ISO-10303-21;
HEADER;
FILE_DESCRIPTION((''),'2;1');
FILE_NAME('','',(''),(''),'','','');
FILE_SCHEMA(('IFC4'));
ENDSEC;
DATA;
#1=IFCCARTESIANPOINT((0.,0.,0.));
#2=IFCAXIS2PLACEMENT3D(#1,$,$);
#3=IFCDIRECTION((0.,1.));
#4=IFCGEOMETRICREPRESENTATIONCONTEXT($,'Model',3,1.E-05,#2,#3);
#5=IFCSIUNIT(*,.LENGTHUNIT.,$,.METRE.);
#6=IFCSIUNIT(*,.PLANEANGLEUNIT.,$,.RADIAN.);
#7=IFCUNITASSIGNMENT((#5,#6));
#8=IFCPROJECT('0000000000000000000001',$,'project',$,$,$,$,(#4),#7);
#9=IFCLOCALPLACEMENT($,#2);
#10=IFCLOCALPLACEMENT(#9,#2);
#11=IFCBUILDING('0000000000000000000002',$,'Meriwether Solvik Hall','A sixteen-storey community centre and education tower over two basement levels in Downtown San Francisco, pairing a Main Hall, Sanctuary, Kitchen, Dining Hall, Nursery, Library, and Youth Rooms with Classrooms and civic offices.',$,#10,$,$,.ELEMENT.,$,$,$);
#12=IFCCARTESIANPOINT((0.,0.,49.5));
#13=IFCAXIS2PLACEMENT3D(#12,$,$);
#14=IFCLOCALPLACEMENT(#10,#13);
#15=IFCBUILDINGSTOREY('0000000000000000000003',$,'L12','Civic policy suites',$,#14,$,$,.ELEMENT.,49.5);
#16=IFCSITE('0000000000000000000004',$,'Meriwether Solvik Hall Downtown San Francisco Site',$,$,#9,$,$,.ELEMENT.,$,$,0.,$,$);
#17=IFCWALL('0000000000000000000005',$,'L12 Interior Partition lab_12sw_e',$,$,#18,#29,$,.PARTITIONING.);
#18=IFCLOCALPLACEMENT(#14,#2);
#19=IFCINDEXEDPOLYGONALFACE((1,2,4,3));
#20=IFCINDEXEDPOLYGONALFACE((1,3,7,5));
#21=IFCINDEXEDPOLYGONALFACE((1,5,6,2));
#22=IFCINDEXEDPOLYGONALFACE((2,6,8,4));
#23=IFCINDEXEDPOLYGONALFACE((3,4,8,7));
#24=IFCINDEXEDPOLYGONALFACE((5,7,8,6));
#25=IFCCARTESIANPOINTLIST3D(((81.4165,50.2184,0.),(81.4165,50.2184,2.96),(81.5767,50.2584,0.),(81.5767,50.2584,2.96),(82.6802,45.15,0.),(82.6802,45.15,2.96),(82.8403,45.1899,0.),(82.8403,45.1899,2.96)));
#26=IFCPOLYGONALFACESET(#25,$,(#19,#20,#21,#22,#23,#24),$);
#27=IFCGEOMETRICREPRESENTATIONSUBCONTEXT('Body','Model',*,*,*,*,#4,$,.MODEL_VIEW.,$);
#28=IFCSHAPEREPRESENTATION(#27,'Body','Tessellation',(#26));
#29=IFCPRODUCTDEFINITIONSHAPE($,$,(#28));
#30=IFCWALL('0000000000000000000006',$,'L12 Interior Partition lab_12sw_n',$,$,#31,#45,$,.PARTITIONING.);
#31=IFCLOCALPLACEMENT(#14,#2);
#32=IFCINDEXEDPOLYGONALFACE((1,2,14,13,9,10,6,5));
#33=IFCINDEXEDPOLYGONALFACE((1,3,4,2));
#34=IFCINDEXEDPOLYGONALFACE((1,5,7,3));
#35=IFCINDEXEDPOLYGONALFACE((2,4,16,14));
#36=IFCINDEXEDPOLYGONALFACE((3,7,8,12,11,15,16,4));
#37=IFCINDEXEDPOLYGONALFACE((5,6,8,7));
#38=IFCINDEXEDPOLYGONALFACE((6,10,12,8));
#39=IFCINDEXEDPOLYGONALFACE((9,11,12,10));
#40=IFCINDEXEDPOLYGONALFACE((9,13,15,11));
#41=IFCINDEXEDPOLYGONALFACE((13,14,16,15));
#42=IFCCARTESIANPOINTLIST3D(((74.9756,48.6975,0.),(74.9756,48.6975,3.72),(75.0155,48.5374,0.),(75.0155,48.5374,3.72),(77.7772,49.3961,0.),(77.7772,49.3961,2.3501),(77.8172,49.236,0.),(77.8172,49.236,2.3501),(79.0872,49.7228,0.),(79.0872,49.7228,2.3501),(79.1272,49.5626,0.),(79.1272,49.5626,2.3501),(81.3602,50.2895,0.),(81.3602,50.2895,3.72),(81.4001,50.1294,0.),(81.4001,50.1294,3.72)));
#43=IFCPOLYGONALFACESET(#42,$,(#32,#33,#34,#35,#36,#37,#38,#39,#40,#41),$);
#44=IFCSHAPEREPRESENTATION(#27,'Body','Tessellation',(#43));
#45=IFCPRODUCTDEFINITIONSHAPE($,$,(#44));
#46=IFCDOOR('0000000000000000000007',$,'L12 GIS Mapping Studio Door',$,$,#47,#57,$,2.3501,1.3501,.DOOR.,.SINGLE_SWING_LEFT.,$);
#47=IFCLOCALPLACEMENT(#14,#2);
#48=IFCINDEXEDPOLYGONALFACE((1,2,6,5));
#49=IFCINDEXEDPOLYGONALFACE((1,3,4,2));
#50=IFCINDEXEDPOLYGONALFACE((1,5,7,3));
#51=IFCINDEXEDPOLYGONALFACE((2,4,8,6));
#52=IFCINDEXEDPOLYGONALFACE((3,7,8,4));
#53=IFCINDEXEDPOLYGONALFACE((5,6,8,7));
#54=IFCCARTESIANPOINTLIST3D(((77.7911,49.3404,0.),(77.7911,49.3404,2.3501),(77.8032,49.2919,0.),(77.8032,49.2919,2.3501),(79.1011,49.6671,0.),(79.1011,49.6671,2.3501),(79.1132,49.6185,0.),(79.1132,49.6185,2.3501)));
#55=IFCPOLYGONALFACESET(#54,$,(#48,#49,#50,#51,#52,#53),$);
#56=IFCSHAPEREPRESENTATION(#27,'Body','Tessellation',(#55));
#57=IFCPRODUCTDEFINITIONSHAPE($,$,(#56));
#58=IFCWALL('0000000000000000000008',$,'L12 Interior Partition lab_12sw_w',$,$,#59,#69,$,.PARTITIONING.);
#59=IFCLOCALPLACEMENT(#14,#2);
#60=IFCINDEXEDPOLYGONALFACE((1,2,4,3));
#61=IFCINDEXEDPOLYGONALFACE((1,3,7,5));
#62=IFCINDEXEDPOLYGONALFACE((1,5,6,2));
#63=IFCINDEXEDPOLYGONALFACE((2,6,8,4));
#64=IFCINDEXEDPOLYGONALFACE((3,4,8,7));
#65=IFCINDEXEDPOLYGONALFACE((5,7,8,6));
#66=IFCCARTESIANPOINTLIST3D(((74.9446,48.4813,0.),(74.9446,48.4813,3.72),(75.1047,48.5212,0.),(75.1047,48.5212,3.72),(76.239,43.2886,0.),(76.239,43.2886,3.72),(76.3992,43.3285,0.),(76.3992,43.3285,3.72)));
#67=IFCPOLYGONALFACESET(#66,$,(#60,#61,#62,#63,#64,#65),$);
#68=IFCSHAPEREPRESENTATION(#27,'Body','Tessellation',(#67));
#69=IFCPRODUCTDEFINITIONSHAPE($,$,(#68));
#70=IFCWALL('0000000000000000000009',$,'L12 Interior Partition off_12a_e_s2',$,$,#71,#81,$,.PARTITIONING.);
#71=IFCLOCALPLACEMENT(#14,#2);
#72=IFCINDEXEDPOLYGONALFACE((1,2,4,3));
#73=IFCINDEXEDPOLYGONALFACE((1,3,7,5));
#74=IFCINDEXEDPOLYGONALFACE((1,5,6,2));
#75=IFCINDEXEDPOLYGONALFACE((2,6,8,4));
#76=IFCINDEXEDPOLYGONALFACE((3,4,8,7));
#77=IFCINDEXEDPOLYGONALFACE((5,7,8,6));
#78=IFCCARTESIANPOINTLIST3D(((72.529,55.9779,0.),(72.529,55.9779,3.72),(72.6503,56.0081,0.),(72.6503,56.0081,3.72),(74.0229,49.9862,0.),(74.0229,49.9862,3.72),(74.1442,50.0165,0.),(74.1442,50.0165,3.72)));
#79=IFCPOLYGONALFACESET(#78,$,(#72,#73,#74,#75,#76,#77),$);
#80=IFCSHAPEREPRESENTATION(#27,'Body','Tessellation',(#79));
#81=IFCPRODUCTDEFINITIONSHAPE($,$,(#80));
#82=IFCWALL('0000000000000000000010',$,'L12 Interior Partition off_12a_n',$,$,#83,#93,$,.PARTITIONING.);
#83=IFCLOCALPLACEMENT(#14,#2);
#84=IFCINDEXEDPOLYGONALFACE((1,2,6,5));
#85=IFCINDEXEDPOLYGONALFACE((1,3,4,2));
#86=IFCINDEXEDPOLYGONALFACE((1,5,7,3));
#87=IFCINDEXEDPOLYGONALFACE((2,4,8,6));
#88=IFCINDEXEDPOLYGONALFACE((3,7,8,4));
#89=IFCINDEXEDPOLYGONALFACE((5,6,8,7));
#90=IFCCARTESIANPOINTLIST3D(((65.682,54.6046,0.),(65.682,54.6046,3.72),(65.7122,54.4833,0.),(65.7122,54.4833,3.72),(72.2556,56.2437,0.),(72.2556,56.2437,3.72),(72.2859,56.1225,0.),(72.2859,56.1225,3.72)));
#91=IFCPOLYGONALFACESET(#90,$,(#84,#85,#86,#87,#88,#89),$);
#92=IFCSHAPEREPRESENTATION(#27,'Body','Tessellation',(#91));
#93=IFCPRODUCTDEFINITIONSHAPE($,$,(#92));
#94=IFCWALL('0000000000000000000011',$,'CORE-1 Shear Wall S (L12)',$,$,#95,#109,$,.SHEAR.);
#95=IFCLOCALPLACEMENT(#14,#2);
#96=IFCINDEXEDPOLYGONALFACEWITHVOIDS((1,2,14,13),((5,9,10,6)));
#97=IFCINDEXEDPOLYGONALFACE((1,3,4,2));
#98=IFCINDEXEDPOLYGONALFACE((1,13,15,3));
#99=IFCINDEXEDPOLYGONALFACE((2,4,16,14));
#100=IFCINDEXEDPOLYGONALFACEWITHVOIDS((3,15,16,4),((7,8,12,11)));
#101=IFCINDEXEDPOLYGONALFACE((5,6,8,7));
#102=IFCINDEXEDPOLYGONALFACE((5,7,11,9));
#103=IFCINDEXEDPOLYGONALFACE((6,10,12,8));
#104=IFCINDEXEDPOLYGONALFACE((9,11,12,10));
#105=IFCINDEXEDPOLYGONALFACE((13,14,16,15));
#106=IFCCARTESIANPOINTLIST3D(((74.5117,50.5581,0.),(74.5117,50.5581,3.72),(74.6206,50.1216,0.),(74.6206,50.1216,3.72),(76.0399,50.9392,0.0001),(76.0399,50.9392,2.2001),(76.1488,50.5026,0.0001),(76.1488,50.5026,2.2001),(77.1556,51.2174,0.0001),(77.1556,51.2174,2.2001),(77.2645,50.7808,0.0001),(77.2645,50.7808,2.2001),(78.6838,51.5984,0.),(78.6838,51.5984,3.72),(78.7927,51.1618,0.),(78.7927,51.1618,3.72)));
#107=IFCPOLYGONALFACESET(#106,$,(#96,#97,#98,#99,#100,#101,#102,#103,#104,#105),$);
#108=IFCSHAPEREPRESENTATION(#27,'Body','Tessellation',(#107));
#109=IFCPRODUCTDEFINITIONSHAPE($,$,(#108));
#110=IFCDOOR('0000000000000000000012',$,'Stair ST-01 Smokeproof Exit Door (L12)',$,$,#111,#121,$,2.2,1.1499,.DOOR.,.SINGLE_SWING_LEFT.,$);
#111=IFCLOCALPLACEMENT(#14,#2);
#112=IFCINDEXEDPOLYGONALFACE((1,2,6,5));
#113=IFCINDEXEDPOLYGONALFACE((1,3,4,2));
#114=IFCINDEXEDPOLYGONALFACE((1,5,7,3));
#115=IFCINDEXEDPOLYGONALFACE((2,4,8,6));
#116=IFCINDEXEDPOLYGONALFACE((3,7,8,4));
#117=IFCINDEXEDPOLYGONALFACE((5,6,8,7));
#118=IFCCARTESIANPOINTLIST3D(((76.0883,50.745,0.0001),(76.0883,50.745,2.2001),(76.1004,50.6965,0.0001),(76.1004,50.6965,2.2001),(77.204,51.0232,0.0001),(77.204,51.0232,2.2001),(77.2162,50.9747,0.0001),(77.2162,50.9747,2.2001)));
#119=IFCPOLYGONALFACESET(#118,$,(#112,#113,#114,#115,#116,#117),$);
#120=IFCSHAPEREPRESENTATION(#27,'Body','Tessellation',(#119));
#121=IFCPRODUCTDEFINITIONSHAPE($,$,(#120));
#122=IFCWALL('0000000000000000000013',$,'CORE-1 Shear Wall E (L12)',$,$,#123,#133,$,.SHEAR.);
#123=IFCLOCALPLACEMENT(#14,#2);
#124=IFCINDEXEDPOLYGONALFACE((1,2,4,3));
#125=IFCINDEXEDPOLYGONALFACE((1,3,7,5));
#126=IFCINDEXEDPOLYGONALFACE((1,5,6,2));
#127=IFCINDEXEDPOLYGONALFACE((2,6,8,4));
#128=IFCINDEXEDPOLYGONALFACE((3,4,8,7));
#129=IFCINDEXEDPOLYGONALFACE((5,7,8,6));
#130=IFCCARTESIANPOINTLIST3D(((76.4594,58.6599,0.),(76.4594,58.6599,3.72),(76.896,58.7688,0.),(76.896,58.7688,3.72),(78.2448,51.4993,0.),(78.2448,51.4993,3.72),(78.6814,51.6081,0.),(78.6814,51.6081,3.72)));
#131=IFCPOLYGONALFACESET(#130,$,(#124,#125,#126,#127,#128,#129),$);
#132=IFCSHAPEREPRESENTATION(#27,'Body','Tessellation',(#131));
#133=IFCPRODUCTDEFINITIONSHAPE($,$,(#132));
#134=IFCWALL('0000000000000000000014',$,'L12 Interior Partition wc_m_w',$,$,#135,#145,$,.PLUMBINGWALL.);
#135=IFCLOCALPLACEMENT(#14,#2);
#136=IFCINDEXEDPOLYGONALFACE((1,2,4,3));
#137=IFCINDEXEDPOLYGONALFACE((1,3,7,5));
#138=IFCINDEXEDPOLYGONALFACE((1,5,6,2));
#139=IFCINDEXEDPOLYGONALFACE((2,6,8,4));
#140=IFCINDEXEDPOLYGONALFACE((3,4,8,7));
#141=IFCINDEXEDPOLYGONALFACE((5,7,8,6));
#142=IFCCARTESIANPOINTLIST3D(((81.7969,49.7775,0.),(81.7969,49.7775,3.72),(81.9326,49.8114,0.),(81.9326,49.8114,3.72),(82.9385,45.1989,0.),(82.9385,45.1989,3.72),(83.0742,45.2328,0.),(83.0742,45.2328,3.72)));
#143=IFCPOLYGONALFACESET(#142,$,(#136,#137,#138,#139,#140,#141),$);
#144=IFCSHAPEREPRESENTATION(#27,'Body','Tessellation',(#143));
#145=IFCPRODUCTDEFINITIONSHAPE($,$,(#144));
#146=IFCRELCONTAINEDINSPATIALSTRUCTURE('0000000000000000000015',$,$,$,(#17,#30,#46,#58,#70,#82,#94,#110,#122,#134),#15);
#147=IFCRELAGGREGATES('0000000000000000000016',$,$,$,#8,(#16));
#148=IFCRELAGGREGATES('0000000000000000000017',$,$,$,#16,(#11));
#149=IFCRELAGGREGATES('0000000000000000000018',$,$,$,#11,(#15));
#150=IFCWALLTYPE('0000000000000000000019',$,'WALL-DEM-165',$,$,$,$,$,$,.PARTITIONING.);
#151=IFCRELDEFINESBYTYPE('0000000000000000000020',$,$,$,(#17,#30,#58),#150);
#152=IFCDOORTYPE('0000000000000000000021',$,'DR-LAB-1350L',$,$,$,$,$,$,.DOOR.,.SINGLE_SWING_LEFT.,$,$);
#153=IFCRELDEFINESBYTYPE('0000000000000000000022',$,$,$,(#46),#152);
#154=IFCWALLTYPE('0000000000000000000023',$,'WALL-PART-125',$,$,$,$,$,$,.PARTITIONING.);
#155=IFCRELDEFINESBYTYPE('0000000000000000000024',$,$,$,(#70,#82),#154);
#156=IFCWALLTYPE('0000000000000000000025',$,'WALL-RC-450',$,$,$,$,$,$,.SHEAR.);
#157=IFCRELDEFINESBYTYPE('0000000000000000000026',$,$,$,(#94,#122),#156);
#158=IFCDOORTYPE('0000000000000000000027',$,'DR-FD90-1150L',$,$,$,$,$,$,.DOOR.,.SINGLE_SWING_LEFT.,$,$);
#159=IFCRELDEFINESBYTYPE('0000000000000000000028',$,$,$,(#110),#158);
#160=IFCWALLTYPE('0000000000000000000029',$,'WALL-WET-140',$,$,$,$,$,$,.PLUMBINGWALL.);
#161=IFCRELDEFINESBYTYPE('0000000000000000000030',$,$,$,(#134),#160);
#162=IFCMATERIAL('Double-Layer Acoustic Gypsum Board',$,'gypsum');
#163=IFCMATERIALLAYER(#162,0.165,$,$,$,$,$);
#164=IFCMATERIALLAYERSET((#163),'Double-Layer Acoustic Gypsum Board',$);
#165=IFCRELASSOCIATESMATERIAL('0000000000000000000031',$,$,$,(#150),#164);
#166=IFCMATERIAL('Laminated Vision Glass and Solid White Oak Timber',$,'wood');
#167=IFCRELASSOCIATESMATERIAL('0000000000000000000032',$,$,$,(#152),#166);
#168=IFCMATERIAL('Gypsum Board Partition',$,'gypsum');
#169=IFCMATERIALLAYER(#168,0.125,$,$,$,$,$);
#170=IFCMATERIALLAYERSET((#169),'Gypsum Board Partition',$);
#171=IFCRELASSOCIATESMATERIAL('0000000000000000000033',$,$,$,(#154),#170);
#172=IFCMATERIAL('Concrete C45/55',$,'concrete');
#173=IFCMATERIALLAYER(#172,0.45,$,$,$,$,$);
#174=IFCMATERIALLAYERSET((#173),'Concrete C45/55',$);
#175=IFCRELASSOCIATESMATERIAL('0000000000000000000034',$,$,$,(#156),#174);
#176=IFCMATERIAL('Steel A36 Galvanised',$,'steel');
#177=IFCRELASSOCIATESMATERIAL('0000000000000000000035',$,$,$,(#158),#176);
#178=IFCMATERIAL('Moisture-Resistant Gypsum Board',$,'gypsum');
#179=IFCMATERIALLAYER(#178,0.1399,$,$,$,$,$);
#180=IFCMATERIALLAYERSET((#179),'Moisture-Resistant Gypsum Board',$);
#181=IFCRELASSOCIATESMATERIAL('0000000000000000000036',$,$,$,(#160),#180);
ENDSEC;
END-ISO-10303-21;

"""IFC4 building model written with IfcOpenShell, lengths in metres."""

from ifc_helpers import new_model, si_unit, direction, frame, frame_2d, origin, place, context, subcontext, project, spatial, rectangle, extrude, material, layer, layer_set, type_object, element, fill, save


model = new_model("IFC4")

# Units and contexts
model_context = context("Model", 3, precision=1e-05, world=origin(), true_north=direction((0.0, 1.0)))
body_context = subcontext(model_context, "Body", "Model", "MODEL_VIEW")
ifc_project = project(units=[si_unit("LENGTHUNIT", "METRE"), si_unit("PLANEANGLEUNIT", "RADIAN")], contexts=[model_context])

# Site, building, storey
site_placement = place(None, origin())
site = spatial("IfcSite", under=ifc_project, at=site_placement, Name="Meriwether Solvik Hall Downtown San Francisco Site", CompositionType="ELEMENT", RefElevation=0.0)
building_placement = place(site_placement, origin())
building = spatial("IfcBuilding", under=site, at=building_placement, Name="Meriwether Solvik Hall", Description="A sixteen-storey community centre and education tower over two basement levels in Downtown San Francisco, pairing a Main Hall, Sanctuary, Kitchen, Dining Hall, Nursery, Library, and Youth Rooms with Classrooms and civic offices.", CompositionType="ELEMENT")
storey_placement = place(building_placement, frame((0.0, 0.0, 49.5)))
storey = spatial("IfcBuildingStorey", under=building, at=storey_placement, Name="L12", Description="Civic policy suites", CompositionType="ELEMENT", Elevation=49.5)

# Wall
ifc_material_1 = material(Name="Double-Layer Acoustic Gypsum Board", Category="gypsum")
ifc_layer_1 = layer(ifc_material_1, 0.165)
ifc_layer_set_1 = layer_set([ifc_layer_1], Name="Double-Layer Acoustic Gypsum Board")
wall_type_1 = type_object("IfcWallType", Name="WALL-DEM-165", PredefinedType="PARTITIONING", material=ifc_layer_set_1)
wall_1_placement = place(storey_placement, frame((82.7603, 45.1699, 0.0), z_axis=(0.0, 0.0, 1.0), x_axis=(-0.241909, 0.970299, 0.0)))
element("IfcWall", 1, at=wall_1_placement, inside=storey, type_object=wall_type_1, Name="L12 Interior Partition lab_12sw_e", PredefinedType="PARTITIONING", context=body_context, shape_type="SweptSolid", body=[
    extrude(rectangle(XDim=5.2236, YDim=0.165, at=frame_2d((2.6118, 0.0))), origin(), (0.0, 0.0, 1.0), 2.96),
])

# Wall, opening, door
wall_2_placement = place(storey_placement, frame((81.3801, 50.2095, 0.0), z_axis=(0.0, 0.0, 1.0), x_axis=(-0.970289, -0.241951, 0.0)))
wall_2 = element("IfcWall", 2, at=wall_2_placement, inside=storey, type_object=wall_type_1, Name="L12 Interior Partition lab_12sw_n", PredefinedType="PARTITIONING", context=body_context, shape_type="SweptSolid", body=[
    extrude(rectangle(XDim=6.5801, YDim=0.165, at=frame_2d((3.29, 0.0))), origin(), (0.0, 0.0, 1.0), 3.72),
])
opening_1_placement = place(wall_2_placement, frame((2.3425, 0.0, 0.0)))
opening_1 = element("IfcOpeningElement", 3, at=opening_1_placement, cuts=wall_2, PredefinedType="OPENING", context=body_context, shape_type="SweptSolid", body=[
    extrude(rectangle(XDim=1.3501, YDim=2.3501, at=frame_2d((0.675, 1.175))), frame((0.0, 0.0945, 0.0), z_axis=(0.0, -1.0, 0.0), x_axis=(1.0, 0.0, 0.0)), (0.0, 0.0, 1.0), 0.189),
])
ifc_material_2 = material(Name="Laminated Vision Glass and Solid White Oak Timber", Category="wood")
door_type_1 = type_object("IfcDoorType", Name="DR-LAB-1350L", OperationType="SINGLE_SWING_LEFT", PredefinedType="DOOR", material=ifc_material_2)
door_1_placement = place(opening_1_placement, origin())
door_1 = element("IfcDoor", 4, at=door_1_placement, inside=storey, type_object=door_type_1, Name="L12 GIS Mapping Studio Door", OperationType="SINGLE_SWING_LEFT", OverallHeight=2.3501, OverallWidth=1.3501, PredefinedType="DOOR", context=body_context, shape_type="SweptSolid", body=[
    extrude(rectangle(XDim=1.3501, YDim=2.3501, at=frame_2d((0.675, 1.175))), frame((0.0, 0.0249, 0.0), z_axis=(0.0, -1.0, 0.0), x_axis=(1.0, 0.0, 0.0)), (0.0, 0.0, 1.0), 0.05),
])
fill(opening_1, door_1)

# Walls
wall_3_placement = place(storey_placement, frame((75.0247, 48.5012, 0.0), z_axis=(0.0, 0.0, 1.0), x_axis=(0.241881, -0.970306, 0.0)))
element("IfcWall", 5, at=wall_3_placement, inside=storey, type_object=wall_type_1, Name="L12 Interior Partition lab_12sw_w", PredefinedType="PARTITIONING", context=body_context, shape_type="SweptSolid", body=[
    extrude(rectangle(XDim=5.3516, YDim=0.165, at=frame_2d((2.6758, 0.0))), origin(), (0.0, 0.0, 1.0), 3.72),
])
ifc_material_3 = material(Name="Gypsum Board Partition", Category="gypsum")
ifc_layer_2 = layer(ifc_material_3, 0.125)
ifc_layer_set_2 = layer_set([ifc_layer_2], Name="Gypsum Board Partition")
wall_type_2 = type_object("IfcWallType", Name="WALL-PART-125", PredefinedType="PARTITIONING", material=ifc_layer_set_2)
wall_4_placement = place(storey_placement, frame((74.0835, 50.0015, 0.0), z_axis=(0.0, 0.0, 1.0), x_axis=(-0.241922, 0.970296, 0.0)))
element("IfcWall", 6, at=wall_4_placement, inside=storey, type_object=wall_type_2, Name="L12 Interior Partition off_12a_e_s2", PredefinedType="PARTITIONING", context=body_context, shape_type="SweptSolid", body=[
    extrude(rectangle(XDim=6.175, YDim=0.125, at=frame_2d((3.0874, 0.0))), origin(), (0.0, 0.0, 1.0), 3.72),
])
wall_5_placement = place(storey_placement, frame((72.2708, 56.1831, 0.0), z_axis=(0.0, 0.0, 1.0), x_axis=(-0.970291, -0.241942, 0.0)))
element("IfcWall", 7, at=wall_5_placement, inside=storey, type_object=wall_type_2, Name="L12 Interior Partition off_12a_n", PredefinedType="PARTITIONING", context=body_context, shape_type="SweptSolid", body=[
    extrude(rectangle(XDim=6.7749, YDim=0.125, at=frame_2d((3.3875, 0.0))), origin(), (0.0, 0.0, 1.0), 3.72),
])

# Wall, opening, door
ifc_material_4 = material(Name="Concrete C45/55", Category="concrete")
ifc_layer_3 = layer(ifc_material_4, 0.45)
ifc_layer_set_3 = layer_set([ifc_layer_3], Name="Concrete C45/55")
wall_type_3 = type_object("IfcWallType", Name="WALL-RC-450", PredefinedType="SHEAR", material=ifc_layer_set_3)
wall_6_placement = place(storey_placement, frame((74.5662, 50.3398, 0.0), z_axis=(0.0, 0.0, 1.0), x_axis=(0.970293, 0.241934, 0.0)))
wall_6 = element("IfcWall", 8, at=wall_6_placement, inside=storey, type_object=wall_type_3, Name="CORE-1 Shear Wall S (L12)", PredefinedType="SHEAR", context=body_context, shape_type="SweptSolid", body=[
    extrude(rectangle(XDim=4.2998, YDim=0.45, at=frame_2d((2.1499, 0.0))), origin(), (0.0, 0.0, 1.0), 3.72),
])
opening_2_placement = place(wall_6_placement, frame((1.575, 0.0, 0.0)))
opening_2 = element("IfcOpeningElement", 9, at=opening_2_placement, cuts=wall_6, PredefinedType="OPENING", context=body_context, shape_type="SweptSolid", body=[
    extrude(rectangle(XDim=1.1499, YDim=2.2, at=frame_2d((0.575, 1.1001))), frame((0.0, 0.2368, 0.0), z_axis=(0.0, -1.0, 0.0), x_axis=(1.0, 0.0, 0.0)), (0.0, 0.0, 1.0), 0.4739),
])
ifc_material_5 = material(Name="Steel A36 Galvanised", Category="steel")
door_type_2 = type_object("IfcDoorType", Name="DR-FD90-1150L", OperationType="SINGLE_SWING_LEFT", PredefinedType="DOOR", material=ifc_material_5)
door_2_placement = place(opening_2_placement, origin())
door_2 = element("IfcDoor", 10, at=door_2_placement, inside=storey, type_object=door_type_2, Name="Stair ST-01 Smokeproof Exit Door (L12)", OperationType="SINGLE_SWING_LEFT", OverallHeight=2.2, OverallWidth=1.1499, PredefinedType="DOOR", context=body_context, shape_type="SweptSolid", body=[
    extrude(rectangle(XDim=1.1499, YDim=2.2, at=frame_2d((0.575, 1.1001))), frame((0.0, 0.0249, 0.0), z_axis=(0.0, -1.0, 0.0), x_axis=(1.0, 0.0, 0.0)), (0.0, 0.0, 1.0), 0.05),
])
fill(opening_2, door_2)

# Walls
wall_7_placement = place(storey_placement, frame((78.4631, 51.5537, 0.0), z_axis=(0.0, 0.0, 1.0), x_axis=(-0.241928, 0.970294, 0.0)))
element("IfcWall", 11, at=wall_7_placement, inside=storey, type_object=wall_type_3, Name="CORE-1 Shear Wall E (L12)", PredefinedType="SHEAR", context=body_context, shape_type="SweptSolid", body=[
    extrude(rectangle(XDim=7.3799, YDim=0.45, at=frame_2d((3.6899, 0.0))), origin(), (0.0, 0.0, 1.0), 3.72),
])
ifc_material_6 = material(Name="Moisture-Resistant Gypsum Board", Category="gypsum")
ifc_layer_4 = layer(ifc_material_6, 0.1399)
ifc_layer_set_4 = layer_set([ifc_layer_4], Name="Moisture-Resistant Gypsum Board")
wall_type_4 = type_object("IfcWallType", Name="WALL-WET-140", PredefinedType="PLUMBINGWALL", material=ifc_layer_set_4)
wall_8_placement = place(storey_placement, frame((81.8647, 49.7944, 0.0), z_axis=(0.0, 0.0, 1.0), x_axis=(0.241927, -0.970294, 0.0)))
element("IfcWall", 12, at=wall_8_placement, inside=storey, type_object=wall_type_4, Name="L12 Interior Partition wc_m_w", PredefinedType="PLUMBINGWALL", context=body_context, shape_type="SweptSolid", body=[
    extrude(rectangle(XDim=4.7188, YDim=0.1399, at=frame_2d((2.3594, 0.0))), origin(), (0.0, 0.0, 1.0), 3.72),
])

save(model, "model.ifc")
